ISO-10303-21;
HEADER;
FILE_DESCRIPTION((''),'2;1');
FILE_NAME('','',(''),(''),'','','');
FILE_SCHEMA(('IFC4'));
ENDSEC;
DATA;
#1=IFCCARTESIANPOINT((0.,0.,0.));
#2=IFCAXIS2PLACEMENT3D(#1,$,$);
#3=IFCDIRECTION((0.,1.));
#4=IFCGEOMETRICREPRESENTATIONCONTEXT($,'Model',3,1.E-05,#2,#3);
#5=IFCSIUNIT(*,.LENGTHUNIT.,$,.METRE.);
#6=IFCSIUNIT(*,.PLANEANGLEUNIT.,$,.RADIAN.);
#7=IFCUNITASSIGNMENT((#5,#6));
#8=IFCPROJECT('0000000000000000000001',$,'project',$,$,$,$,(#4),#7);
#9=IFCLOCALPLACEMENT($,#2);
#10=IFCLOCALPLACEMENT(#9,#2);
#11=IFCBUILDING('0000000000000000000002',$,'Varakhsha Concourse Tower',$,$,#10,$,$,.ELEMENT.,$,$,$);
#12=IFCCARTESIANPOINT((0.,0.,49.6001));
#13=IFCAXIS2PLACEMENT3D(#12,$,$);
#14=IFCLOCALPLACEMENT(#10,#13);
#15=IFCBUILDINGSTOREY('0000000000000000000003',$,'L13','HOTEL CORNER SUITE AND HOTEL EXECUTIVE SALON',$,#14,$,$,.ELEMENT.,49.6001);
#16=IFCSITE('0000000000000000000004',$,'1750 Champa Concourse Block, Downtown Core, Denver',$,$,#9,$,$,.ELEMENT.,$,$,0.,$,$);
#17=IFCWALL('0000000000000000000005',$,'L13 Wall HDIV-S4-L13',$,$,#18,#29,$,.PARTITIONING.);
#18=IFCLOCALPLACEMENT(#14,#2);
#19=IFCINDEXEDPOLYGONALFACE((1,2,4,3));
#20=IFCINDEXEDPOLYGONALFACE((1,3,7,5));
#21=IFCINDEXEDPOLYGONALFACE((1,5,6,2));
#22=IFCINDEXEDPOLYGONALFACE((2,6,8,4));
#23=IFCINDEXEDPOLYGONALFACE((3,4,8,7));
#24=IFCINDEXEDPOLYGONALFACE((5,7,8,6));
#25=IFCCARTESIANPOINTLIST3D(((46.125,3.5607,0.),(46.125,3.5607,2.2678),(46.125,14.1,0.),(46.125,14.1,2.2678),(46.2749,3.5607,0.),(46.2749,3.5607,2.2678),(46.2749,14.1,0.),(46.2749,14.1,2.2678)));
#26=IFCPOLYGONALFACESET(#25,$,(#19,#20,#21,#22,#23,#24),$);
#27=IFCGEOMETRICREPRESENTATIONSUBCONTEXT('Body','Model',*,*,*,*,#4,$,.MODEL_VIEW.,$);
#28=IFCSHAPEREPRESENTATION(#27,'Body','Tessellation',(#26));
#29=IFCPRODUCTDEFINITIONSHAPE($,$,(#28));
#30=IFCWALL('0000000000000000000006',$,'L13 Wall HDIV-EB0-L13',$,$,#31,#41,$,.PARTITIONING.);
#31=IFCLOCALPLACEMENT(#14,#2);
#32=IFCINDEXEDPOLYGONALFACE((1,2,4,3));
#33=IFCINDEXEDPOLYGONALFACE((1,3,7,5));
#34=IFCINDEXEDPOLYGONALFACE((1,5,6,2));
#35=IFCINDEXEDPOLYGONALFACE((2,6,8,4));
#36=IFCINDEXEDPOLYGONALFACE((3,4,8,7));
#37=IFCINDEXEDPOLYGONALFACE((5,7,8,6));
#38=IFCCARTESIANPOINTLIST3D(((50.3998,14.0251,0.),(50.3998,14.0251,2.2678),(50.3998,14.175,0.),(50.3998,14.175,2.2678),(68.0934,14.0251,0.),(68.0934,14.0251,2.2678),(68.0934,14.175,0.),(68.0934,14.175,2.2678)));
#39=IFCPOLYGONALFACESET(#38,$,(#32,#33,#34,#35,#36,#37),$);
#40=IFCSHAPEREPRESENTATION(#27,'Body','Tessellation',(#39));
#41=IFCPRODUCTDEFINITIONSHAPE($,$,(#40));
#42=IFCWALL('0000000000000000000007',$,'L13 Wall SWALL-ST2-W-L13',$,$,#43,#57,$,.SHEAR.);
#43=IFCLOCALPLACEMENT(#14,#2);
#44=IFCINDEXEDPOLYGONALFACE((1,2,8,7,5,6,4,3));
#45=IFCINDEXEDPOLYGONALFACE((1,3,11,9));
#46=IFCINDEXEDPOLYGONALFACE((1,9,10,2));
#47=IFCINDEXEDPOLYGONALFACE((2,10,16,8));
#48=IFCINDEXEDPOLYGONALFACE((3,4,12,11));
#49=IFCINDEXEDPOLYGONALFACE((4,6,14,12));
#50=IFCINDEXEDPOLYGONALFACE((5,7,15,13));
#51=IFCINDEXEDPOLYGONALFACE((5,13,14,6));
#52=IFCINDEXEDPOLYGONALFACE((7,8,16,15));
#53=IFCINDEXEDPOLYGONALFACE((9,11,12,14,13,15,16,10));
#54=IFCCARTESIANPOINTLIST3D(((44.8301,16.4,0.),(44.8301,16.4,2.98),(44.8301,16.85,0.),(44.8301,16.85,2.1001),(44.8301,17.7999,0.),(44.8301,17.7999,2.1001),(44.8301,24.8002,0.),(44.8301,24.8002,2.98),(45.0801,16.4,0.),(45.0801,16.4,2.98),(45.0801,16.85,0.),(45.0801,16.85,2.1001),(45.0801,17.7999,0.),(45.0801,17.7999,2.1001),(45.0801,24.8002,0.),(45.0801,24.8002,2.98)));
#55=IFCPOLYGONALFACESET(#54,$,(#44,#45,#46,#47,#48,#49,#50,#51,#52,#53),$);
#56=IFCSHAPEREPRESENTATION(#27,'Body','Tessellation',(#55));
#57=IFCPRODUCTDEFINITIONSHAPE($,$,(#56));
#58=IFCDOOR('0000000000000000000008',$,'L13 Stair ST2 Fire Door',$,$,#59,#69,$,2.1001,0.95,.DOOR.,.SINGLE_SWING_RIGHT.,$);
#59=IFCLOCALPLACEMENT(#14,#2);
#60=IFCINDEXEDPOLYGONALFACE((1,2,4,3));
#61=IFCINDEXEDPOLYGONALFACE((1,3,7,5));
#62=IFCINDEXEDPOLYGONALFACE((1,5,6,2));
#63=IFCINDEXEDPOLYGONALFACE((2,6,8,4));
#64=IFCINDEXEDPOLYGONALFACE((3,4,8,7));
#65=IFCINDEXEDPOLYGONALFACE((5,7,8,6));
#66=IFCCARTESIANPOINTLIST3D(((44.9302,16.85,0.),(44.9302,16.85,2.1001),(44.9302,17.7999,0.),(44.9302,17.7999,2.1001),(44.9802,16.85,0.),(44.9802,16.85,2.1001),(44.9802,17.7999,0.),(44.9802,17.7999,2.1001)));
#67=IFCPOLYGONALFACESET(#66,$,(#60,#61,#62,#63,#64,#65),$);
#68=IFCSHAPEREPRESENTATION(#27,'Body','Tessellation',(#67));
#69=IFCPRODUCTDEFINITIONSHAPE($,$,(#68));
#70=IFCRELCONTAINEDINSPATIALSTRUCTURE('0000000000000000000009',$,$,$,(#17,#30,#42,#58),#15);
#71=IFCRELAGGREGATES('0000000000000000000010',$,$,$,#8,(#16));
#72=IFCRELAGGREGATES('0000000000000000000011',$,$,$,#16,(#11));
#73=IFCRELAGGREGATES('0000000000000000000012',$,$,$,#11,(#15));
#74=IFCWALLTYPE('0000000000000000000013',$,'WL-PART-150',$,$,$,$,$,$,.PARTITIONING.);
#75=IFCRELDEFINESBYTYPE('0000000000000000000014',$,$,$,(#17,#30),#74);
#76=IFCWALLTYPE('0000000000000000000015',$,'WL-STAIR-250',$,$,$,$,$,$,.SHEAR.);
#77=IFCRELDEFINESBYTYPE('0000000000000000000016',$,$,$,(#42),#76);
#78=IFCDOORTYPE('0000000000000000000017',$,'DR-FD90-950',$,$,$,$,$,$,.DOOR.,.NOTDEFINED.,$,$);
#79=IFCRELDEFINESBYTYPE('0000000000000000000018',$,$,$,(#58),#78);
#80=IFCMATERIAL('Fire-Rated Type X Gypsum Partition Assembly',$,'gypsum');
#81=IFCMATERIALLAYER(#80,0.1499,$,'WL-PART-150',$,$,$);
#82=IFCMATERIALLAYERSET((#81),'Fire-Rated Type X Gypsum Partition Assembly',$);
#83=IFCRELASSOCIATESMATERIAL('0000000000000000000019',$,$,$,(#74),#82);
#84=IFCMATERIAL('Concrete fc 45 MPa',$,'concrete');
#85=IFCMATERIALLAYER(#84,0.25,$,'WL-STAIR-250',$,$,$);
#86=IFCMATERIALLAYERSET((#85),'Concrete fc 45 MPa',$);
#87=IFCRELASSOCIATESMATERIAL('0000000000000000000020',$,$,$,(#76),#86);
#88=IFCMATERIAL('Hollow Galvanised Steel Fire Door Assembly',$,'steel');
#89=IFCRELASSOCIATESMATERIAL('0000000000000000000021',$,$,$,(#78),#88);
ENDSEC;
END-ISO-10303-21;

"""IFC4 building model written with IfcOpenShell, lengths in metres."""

from ifc_helpers import new_model, si_unit, direction, frame, frame_2d, origin, place, context, subcontext, project, spatial, rectangle, extrude, material, layer, layer_set, type_object, element, fill, save


model = new_model("IFC4")

# Units and contexts
model_context = context("Model", 3, precision=1e-05, world=origin(), true_north=direction((0.0, 1.0)))
body_context = subcontext(model_context, "Body", "Model", "MODEL_VIEW")
ifc_project = project(units=[si_unit("LENGTHUNIT", "METRE"), si_unit("PLANEANGLEUNIT", "RADIAN")], contexts=[model_context])

# Site, building, storey
site_placement = place(None, origin())
site = spatial("IfcSite", under=ifc_project, at=site_placement, Name="1750 Champa Concourse Block, Downtown Core, Denver", CompositionType="ELEMENT", RefElevation=0.0)
building_placement = place(site_placement, origin())
building = spatial("IfcBuilding", under=site, at=building_placement, Name="Varakhsha Concourse Tower", CompositionType="ELEMENT")
storey_placement = place(building_placement, frame((0.0, 0.0, 49.6001)))
storey = spatial("IfcBuildingStorey", under=building, at=storey_placement, Name="L13", Description="HOTEL CORNER SUITE AND HOTEL EXECUTIVE SALON", CompositionType="ELEMENT", Elevation=49.6001)

# Shared definitions
ifc_material_1 = material(Name="Fire-Rated Type X Gypsum Partition Assembly", Category="gypsum")
ifc_material_2 = material(Name="Hollow Galvanised Steel Fire Door Assembly", Category="steel")

# Shared definitions
ifc_layer_1 = layer(ifc_material_1, 0.1499, Name="WL-PART-150")
ifc_layer_set_1 = layer_set([ifc_layer_1], Name="Fire-Rated Type X Gypsum Partition Assembly")
wall_type_1 = type_object("IfcWallType", Name="WL-PART-150", PredefinedType="PARTITIONING", material=ifc_layer_set_1)

# Walls
wall_1_placement = place(storey_placement, frame((46.2, 3.5608, 0.0), z_axis=(0.0, 0.0, 1.0), x_axis=(0.0, 1.0, 0.0)))
element("IfcWall", 1, at=wall_1_placement, inside=storey, type_object=wall_type_1, Name="L13 Wall HDIV-S4-L13", PredefinedType="PARTITIONING", context=body_context, shape_type="SweptSolid", body=[
    extrude(rectangle(XDim=10.5393, YDim=0.1499, at=frame_2d((5.2695, 0.0))), origin(), (0.0, 0.0, 1.0), 2.2678),
])
wall_2_placement = place(storey_placement, frame((50.3999, 14.1001, 0.0), z_axis=(0.0, 0.0, 1.0), x_axis=(1.0, 0.0, 0.0)))
element("IfcWall", 2, at=wall_2_placement, inside=storey, type_object=wall_type_1, Name="L13 Wall HDIV-EB0-L13", PredefinedType="PARTITIONING", context=body_context, shape_type="SweptSolid", body=[
    extrude(rectangle(XDim=17.6936, YDim=0.1499, at=frame_2d((8.8467, 0.0))), origin(), (0.0, 0.0, 1.0), 2.2678),
])

# Wall, opening, door
ifc_material_3 = material(Name="Concrete fc 45 MPa", Category="concrete")
ifc_layer_2 = layer(ifc_material_3, 0.25, Name="WL-STAIR-250")
ifc_layer_set_2 = layer_set([ifc_layer_2], Name="Concrete fc 45 MPa")
wall_type_2 = type_object("IfcWallType", Name="WL-STAIR-250", PredefinedType="SHEAR", material=ifc_layer_set_2)
wall_3_placement = place(storey_placement, frame((44.9551, 16.3999, 0.0), z_axis=(0.0, 0.0, 1.0), x_axis=(0.0, 1.0, 0.0)))
wall_3 = element("IfcWall", 3, at=wall_3_placement, inside=storey, type_object=wall_type_2, Name="L13 Wall SWALL-ST2-W-L13", PredefinedType="SHEAR", context=body_context, shape_type="SweptSolid", body=[
    extrude(rectangle(XDim=8.4001, YDim=0.25, at=frame_2d((4.2002, 0.0))), origin(), (0.0, 0.0, 1.0), 2.98),
])
opening_1_placement = place(wall_3_placement, frame((0.45, 0.0, 0.0)))
opening_1 = element("IfcOpeningElement", 4, at=opening_1_placement, cuts=wall_3, PredefinedType="OPENING", context=body_context, shape_type="SweptSolid", body=[
    extrude(rectangle(XDim=0.95, YDim=2.1001, at=frame_2d((0.4751, 1.05))), frame((0.0, 0.135, 0.0), z_axis=(0.0, -1.0, 0.0), x_axis=(1.0, 0.0, 0.0)), (0.0, 0.0, 1.0), 0.27),
])
door_type_1 = type_object("IfcDoorType", Name="DR-FD90-950", OperationType="NOTDEFINED", PredefinedType="DOOR", material=ifc_material_2)
door_1_placement = place(opening_1_placement, origin())
door_1 = element("IfcDoor", 5, at=door_1_placement, inside=storey, type_object=door_type_1, Name="L13 Stair ST2 Fire Door", OperationType="SINGLE_SWING_RIGHT", OverallHeight=2.1001, OverallWidth=0.95, PredefinedType="DOOR", context=body_context, shape_type="SweptSolid", body=[
    extrude(rectangle(XDim=0.95, YDim=2.1001, at=frame_2d((0.4751, 1.05))), frame((0.0, 0.0249, 0.0), z_axis=(0.0, -1.0, 0.0), x_axis=(1.0, 0.0, 0.0)), (0.0, 0.0, 1.0), 0.05),
])
fill(opening_1, door_1)

save(model, "model.ifc")
